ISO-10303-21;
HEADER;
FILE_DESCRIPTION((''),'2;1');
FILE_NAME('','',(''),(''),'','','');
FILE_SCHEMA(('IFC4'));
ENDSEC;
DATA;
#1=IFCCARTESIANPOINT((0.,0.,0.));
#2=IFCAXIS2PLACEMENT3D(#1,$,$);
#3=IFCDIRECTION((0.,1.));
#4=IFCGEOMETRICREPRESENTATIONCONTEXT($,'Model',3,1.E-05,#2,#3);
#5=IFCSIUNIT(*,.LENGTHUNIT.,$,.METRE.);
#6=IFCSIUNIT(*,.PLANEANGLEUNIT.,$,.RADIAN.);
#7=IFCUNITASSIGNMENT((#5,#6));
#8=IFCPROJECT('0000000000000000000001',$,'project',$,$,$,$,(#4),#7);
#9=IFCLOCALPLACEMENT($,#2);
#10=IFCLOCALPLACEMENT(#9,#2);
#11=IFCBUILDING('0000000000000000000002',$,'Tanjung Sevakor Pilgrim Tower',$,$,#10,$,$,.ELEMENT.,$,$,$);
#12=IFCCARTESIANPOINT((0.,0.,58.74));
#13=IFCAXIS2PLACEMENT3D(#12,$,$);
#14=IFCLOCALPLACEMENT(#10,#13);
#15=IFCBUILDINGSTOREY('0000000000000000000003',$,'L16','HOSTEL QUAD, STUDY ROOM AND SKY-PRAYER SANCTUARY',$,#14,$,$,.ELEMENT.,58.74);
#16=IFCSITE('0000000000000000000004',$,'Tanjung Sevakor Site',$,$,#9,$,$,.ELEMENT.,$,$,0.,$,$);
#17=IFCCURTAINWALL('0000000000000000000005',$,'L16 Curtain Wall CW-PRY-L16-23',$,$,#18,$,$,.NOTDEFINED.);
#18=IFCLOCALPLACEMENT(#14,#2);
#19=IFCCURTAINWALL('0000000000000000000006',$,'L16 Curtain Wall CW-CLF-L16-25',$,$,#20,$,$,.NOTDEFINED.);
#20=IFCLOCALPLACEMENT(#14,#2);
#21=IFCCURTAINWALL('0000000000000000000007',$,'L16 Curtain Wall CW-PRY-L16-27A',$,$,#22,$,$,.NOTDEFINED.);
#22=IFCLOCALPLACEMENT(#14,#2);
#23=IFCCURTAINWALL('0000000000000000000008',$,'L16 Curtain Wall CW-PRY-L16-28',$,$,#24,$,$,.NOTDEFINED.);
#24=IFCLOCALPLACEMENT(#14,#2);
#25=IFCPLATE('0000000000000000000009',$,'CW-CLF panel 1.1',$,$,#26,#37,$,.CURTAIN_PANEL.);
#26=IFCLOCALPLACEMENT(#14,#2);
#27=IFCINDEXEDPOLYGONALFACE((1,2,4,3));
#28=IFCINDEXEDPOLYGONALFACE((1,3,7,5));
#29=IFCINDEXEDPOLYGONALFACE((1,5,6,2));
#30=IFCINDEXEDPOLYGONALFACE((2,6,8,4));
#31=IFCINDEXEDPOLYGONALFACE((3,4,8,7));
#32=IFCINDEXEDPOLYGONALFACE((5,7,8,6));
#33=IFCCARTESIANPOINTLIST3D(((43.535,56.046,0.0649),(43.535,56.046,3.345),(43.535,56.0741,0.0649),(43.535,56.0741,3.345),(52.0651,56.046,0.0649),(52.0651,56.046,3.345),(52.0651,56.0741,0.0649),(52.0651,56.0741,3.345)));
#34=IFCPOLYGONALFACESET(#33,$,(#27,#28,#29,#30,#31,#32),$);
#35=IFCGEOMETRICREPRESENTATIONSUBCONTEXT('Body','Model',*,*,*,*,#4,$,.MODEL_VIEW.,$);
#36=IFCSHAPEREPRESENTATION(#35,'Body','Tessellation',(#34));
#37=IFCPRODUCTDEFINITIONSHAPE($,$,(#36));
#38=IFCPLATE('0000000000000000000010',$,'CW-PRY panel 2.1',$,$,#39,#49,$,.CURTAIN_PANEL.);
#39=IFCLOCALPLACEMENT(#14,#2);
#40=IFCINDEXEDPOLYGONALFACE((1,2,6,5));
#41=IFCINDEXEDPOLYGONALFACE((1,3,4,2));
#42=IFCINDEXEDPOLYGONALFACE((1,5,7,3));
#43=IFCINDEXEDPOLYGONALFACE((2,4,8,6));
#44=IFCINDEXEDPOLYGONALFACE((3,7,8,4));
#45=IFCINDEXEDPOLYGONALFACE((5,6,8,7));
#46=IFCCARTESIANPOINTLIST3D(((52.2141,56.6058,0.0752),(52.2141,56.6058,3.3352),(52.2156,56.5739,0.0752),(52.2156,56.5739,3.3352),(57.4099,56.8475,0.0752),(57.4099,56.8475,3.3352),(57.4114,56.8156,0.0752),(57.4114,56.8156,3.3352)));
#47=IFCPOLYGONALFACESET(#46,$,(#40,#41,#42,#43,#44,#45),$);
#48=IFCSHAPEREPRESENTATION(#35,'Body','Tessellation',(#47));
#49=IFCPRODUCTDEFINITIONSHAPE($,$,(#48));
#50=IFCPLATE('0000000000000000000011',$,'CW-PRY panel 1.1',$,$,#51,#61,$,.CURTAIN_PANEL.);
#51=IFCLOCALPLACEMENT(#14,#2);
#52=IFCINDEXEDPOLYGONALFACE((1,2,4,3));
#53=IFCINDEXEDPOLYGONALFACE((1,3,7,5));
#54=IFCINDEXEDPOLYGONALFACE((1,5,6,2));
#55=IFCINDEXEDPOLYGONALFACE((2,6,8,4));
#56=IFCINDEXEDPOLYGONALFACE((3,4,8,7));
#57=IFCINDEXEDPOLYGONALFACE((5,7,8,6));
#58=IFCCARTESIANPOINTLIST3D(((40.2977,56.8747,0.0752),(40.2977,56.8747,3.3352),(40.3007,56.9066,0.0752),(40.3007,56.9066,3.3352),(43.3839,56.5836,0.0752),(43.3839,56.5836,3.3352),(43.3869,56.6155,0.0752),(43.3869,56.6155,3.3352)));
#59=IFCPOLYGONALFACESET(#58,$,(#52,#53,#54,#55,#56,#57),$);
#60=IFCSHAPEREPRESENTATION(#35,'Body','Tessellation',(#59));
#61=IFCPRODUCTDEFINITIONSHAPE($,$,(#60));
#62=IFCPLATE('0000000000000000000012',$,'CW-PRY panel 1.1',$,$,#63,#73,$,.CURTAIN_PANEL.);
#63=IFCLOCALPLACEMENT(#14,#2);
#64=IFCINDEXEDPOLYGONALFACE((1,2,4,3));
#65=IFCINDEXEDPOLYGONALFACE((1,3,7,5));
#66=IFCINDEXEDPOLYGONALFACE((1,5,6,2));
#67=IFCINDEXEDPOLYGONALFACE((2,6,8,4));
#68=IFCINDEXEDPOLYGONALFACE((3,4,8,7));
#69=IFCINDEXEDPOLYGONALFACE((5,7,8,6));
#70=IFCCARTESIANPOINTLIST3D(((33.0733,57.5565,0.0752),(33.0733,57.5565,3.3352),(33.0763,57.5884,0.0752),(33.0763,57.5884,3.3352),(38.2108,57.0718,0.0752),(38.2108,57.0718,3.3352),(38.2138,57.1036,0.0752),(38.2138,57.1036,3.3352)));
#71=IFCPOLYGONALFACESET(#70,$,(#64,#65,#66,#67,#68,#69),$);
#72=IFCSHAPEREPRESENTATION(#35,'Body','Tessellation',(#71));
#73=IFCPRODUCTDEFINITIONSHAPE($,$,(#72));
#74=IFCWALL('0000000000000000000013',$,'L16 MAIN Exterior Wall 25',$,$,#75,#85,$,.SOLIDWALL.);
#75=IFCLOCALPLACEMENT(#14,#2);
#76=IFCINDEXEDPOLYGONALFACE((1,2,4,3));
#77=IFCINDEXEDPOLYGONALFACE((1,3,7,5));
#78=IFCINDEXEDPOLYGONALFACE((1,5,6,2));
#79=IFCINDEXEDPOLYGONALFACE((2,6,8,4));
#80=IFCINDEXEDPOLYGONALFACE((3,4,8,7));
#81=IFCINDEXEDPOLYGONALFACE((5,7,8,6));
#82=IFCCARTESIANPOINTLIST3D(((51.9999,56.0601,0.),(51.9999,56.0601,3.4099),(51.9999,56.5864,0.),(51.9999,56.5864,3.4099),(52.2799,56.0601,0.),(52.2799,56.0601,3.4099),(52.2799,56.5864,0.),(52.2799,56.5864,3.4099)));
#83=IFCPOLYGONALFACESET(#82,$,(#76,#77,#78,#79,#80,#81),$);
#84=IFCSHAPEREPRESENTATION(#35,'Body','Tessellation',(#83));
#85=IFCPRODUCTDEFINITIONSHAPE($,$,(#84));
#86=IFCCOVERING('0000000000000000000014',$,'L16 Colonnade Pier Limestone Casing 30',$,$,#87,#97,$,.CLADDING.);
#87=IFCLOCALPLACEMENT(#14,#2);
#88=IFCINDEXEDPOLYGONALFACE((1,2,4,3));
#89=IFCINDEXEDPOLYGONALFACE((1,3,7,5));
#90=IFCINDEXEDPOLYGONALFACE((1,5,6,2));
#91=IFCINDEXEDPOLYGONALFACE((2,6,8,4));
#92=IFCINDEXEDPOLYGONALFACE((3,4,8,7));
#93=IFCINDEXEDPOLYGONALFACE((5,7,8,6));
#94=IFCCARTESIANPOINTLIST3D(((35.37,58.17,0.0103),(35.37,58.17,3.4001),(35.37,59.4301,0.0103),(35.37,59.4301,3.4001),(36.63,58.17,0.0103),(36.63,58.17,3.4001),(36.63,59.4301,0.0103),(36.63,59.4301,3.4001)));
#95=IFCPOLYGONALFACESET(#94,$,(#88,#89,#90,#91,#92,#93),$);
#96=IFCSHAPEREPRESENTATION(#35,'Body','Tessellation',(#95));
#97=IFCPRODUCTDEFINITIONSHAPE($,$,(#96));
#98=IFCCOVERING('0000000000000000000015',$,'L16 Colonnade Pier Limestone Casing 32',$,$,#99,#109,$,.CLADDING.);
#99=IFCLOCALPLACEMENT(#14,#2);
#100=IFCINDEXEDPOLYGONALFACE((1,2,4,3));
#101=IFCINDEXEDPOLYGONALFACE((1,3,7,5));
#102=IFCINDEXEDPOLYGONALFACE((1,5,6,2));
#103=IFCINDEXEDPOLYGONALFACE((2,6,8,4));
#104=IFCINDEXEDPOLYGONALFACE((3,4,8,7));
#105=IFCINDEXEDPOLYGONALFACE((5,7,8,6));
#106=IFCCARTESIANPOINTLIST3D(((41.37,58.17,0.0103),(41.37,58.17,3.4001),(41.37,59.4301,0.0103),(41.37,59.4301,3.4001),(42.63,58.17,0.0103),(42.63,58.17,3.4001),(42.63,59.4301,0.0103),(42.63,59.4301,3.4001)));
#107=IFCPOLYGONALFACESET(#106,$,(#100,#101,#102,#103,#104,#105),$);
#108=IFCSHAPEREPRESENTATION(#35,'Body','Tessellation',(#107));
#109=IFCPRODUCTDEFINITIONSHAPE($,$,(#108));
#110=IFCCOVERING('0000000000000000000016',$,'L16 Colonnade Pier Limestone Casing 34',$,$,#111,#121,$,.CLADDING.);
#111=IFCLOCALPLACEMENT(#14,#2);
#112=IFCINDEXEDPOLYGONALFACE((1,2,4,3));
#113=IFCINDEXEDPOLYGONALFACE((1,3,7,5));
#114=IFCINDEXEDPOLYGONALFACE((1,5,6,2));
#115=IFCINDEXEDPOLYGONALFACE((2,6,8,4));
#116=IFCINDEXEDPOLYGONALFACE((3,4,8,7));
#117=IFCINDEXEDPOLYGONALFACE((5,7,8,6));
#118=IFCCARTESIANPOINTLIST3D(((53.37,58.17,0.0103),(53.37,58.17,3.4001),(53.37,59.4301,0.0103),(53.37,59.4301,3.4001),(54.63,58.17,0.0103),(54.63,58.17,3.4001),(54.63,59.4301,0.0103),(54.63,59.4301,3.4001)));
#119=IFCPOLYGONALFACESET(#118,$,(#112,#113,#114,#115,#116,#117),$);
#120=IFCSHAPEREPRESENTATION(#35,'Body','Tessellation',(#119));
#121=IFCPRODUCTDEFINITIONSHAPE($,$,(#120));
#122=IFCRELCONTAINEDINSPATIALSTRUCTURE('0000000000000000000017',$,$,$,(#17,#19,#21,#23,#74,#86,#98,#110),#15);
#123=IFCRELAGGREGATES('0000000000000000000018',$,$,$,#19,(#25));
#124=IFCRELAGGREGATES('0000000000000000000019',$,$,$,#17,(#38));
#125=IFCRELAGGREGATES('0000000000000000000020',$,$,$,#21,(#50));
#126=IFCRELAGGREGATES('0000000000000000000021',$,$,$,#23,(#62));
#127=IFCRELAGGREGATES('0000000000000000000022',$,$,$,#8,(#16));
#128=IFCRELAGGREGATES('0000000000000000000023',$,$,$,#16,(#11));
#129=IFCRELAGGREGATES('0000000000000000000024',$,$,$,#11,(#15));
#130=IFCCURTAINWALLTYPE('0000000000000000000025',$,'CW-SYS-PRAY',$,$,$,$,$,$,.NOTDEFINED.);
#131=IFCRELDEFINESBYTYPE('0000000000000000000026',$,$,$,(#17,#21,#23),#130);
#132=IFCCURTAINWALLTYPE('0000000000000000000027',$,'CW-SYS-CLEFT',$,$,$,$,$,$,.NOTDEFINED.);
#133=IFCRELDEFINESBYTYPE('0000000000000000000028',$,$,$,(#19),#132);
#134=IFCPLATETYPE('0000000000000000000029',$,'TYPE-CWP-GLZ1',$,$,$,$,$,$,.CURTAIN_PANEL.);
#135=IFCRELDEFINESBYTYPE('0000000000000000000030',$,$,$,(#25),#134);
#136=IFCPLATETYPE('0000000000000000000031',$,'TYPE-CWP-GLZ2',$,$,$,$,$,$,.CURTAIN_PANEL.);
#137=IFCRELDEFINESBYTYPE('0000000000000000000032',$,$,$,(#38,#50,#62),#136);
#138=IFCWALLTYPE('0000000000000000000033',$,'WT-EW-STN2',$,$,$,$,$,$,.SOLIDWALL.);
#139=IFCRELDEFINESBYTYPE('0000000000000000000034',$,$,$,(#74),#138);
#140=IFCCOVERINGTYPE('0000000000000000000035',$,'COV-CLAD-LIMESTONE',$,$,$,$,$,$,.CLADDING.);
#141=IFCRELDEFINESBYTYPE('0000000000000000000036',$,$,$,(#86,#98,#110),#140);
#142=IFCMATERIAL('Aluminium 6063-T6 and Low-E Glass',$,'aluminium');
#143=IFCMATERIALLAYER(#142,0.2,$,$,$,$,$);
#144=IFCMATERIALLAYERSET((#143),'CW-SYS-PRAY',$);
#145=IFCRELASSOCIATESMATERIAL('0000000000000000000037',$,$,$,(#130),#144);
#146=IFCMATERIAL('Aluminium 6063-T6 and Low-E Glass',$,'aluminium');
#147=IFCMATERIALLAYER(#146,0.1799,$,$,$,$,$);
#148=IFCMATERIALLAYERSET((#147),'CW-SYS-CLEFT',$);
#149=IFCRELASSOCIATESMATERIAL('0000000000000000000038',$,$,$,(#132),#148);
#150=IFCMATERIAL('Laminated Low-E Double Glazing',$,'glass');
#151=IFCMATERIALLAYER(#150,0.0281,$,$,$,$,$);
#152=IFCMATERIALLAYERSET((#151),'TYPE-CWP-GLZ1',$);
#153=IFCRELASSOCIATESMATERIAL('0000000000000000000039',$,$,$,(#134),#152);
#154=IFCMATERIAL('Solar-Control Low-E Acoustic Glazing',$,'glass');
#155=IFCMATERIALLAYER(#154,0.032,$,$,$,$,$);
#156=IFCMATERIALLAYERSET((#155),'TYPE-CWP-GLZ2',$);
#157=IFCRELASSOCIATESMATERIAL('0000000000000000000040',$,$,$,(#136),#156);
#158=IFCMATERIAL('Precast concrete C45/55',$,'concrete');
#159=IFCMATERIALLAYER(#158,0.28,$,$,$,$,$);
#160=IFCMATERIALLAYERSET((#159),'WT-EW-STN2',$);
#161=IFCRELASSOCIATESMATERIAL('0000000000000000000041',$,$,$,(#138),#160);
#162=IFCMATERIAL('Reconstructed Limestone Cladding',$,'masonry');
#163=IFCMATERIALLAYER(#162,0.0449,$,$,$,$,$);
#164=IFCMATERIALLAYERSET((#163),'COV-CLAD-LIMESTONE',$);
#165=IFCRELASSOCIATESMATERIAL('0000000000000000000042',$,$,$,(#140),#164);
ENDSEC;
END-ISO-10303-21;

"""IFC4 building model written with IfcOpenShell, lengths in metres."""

from ifc_helpers import new_model, si_unit, direction, frame, frame_2d, origin, origin_2d, place, context, subcontext, project, spatial, rectangle, extrude, material, layer, layer_set, type_object, element, aggregate, save


model = new_model("IFC4")

# Units and contexts
model_context = context("Model", 3, precision=1e-05, world=origin(), true_north=direction((0.0, 1.0)))
body_context = subcontext(model_context, "Body", "Model", "MODEL_VIEW")
ifc_project = project(units=[si_unit("LENGTHUNIT", "METRE"), si_unit("PLANEANGLEUNIT", "RADIAN")], contexts=[model_context])

# Site, building, storey
site_placement = place(None, origin())
site = spatial("IfcSite", under=ifc_project, at=site_placement, Name="Tanjung Sevakor Site", CompositionType="ELEMENT", RefElevation=0.0)
building_placement = place(site_placement, origin())
building = spatial("IfcBuilding", under=site, at=building_placement, Name="Tanjung Sevakor Pilgrim Tower", CompositionType="ELEMENT")
storey_placement = place(building_placement, frame((0.0, 0.0, 58.74)))
storey = spatial("IfcBuildingStorey", under=building, at=storey_placement, Name="L16", Description="HOSTEL QUAD, STUDY ROOM AND SKY-PRAYER SANCTUARY", CompositionType="ELEMENT", Elevation=58.74)

# Curtain wall
ifc_material_1 = material(Name="Aluminium 6063-T6 and Low-E Glass", Category="aluminium")
ifc_layer_1 = layer(ifc_material_1, 0.2)
ifc_layer_set_1 = layer_set([ifc_layer_1], Name="CW-SYS-PRAY")
curtain_wall_type_1 = type_object("IfcCurtainWallType", Name="CW-SYS-PRAY", PredefinedType="NOTDEFINED", material=ifc_layer_set_1)
curtain_wall_1_placement = place(storey_placement, origin())
curtain_wall_1 = element("IfcCurtainWall", 1, at=curtain_wall_1_placement, inside=storey, type_object=curtain_wall_type_1, Name="L16 Curtain Wall CW-PRY-L16-23", PredefinedType="NOTDEFINED")

# Curtain walls
ifc_material_2 = material(Name="Aluminium 6063-T6 and Low-E Glass", Category="aluminium")
ifc_layer_2 = layer(ifc_material_2, 0.1799)
ifc_layer_set_2 = layer_set([ifc_layer_2], Name="CW-SYS-CLEFT")
curtain_wall_type_2 = type_object("IfcCurtainWallType", Name="CW-SYS-CLEFT", PredefinedType="NOTDEFINED", material=ifc_layer_set_2)
curtain_wall_2_placement = place(storey_placement, origin())
curtain_wall_2 = element("IfcCurtainWall", 2, at=curtain_wall_2_placement, inside=storey, type_object=curtain_wall_type_2, Name="L16 Curtain Wall CW-CLF-L16-25", PredefinedType="NOTDEFINED")
curtain_wall_3_placement = place(storey_placement, origin())
curtain_wall_3 = element("IfcCurtainWall", 3, at=curtain_wall_3_placement, inside=storey, type_object=curtain_wall_type_1, Name="L16 Curtain Wall CW-PRY-L16-27A", PredefinedType="NOTDEFINED")
curtain_wall_4_placement = place(storey_placement, origin())
curtain_wall_4 = element("IfcCurtainWall", 4, at=curtain_wall_4_placement, inside=storey, type_object=curtain_wall_type_1, Name="L16 Curtain Wall CW-PRY-L16-28", PredefinedType="NOTDEFINED")

# Plates
ifc_material_3 = material(Name="Laminated Low-E Double Glazing", Category="glass")
ifc_layer_3 = layer(ifc_material_3, 0.0281)
ifc_layer_set_3 = layer_set([ifc_layer_3], Name="TYPE-CWP-GLZ1")
plate_type_1 = type_object("IfcPlateType", Name="TYPE-CWP-GLZ1", PredefinedType="CURTAIN_PANEL", material=ifc_layer_set_3)
plate_1_placement = place(storey_placement, frame((47.8, 56.0601, 0.0649), z_axis=(0.0, 0.0, 1.0), x_axis=(-1.0, 0.0, 0.0)))
plate_1 = element("IfcPlate", 5, at=plate_1_placement, type_object=plate_type_1, Name="CW-CLF panel 1.1", PredefinedType="CURTAIN_PANEL", context=body_context, shape_type="SweptSolid", body=[
    extrude(rectangle(XDim=8.53, YDim=0.0281, at=origin_2d()), origin(), (0.0, 0.0, 1.0), 3.28),
])
aggregate(curtain_wall_2, [plate_1])
ifc_material_4 = material(Name="Solar-Control Low-E Acoustic Glazing", Category="glass")
ifc_layer_4 = layer(ifc_material_4, 0.032)
ifc_layer_set_4 = layer_set([ifc_layer_4], Name="TYPE-CWP-GLZ2")
plate_type_2 = type_object("IfcPlateType", Name="TYPE-CWP-GLZ2", PredefinedType="CURTAIN_PANEL", material=ifc_layer_set_4)
plate_2_placement = place(storey_placement, frame((54.8127, 56.7107, 0.0752), z_axis=(0.0, 0.0, 1.0), x_axis=(-0.99892, -0.046462, 0.0)))
plate_2 = element("IfcPlate", 6, at=plate_2_placement, type_object=plate_type_2, Name="CW-PRY panel 2.1", PredefinedType="CURTAIN_PANEL", context=body_context, shape_type="SweptSolid", body=[
    extrude(rectangle(XDim=5.2014, YDim=0.032, at=origin_2d()), origin(), (0.0, 0.0, 1.0), 3.26),
])
aggregate(curtain_wall_1, [plate_2])
plate_3_placement = place(storey_placement, frame((41.8423, 56.7451, 0.0752), z_axis=(0.0, 0.0, 1.0), x_axis=(-0.995581, 0.093909, 0.0)))
plate_3 = element("IfcPlate", 7, at=plate_3_placement, type_object=plate_type_2, Name="CW-PRY panel 1.1", PredefinedType="CURTAIN_PANEL", context=body_context, shape_type="SweptSolid", body=[
    extrude(rectangle(XDim=3.0999, YDim=0.032, at=origin_2d()), origin(), (0.0, 0.0, 1.0), 3.26),
])
aggregate(curtain_wall_3, [plate_3])
plate_4_placement = place(storey_placement, frame((35.6436, 57.3301, 0.0752), z_axis=(0.0, 0.0, 1.0), x_axis=(-0.995579, 0.093929, 0.0)))
plate_4 = element("IfcPlate", 8, at=plate_4_placement, type_object=plate_type_2, Name="CW-PRY panel 1.1", PredefinedType="CURTAIN_PANEL", context=body_context, shape_type="SweptSolid", body=[
    extrude(rectangle(XDim=5.1604, YDim=0.032, at=origin_2d()), origin(), (0.0, 0.0, 1.0), 3.26),
])
aggregate(curtain_wall_4, [plate_4])

# Wall
ifc_material_5 = material(Name="Precast concrete C45/55", Category="concrete")
ifc_layer_5 = layer(ifc_material_5, 0.28)
ifc_layer_set_5 = layer_set([ifc_layer_5], Name="WT-EW-STN2")
wall_type = type_object("IfcWallType", Name="WT-EW-STN2", PredefinedType="SOLIDWALL", material=ifc_layer_set_5)
wall_1_placement = place(storey_placement, frame((52.1399, 56.5864, 0.0), z_axis=(0.0, 0.0, 1.0), x_axis=(0.0, -1.0, 0.0)))
element("IfcWall", 9, at=wall_1_placement, inside=storey, type_object=wall_type, Name="L16 MAIN Exterior Wall 25", PredefinedType="SOLIDWALL", context=body_context, shape_type="SweptSolid", body=[
    extrude(rectangle(XDim=0.5264, YDim=0.28, at=frame_2d((0.2632, 0.0))), origin(), (0.0, 0.0, 1.0), 3.4099),
])

# Coverings
ifc_material_6 = material(Name="Reconstructed Limestone Cladding", Category="masonry")
ifc_layer_6 = layer(ifc_material_6, 0.0449)
ifc_layer_set_6 = layer_set([ifc_layer_6], Name="COV-CLAD-LIMESTONE")
covering_type = type_object("IfcCoveringType", Name="COV-CLAD-LIMESTONE", PredefinedType="CLADDING", material=ifc_layer_set_6)
for number, where, z_axis, x_axis, name in (
    (10, (36.0, 58.8, 0.0103), (0.0, 0.0, 1.0), (1.0, 0.0, 0.0), "L16 Colonnade Pier Limestone Casing 30"),
    (11, (42.0, 58.8, 0.0103), (0.0, 0.0, 1.0), (1.0, 0.0, 0.0), "L16 Colonnade Pier Limestone Casing 32"),
    (12, (54.0, 58.8, 0.0103), (0.0, 0.0, 1.0), (1.0, 0.0, 0.0), "L16 Colonnade Pier Limestone Casing 34"),
):
    element("IfcCovering", number, at=place(storey_placement, frame(where, z_axis=z_axis, x_axis=x_axis)), inside=storey, type_object=covering_type, Name=name, PredefinedType="CLADDING", context=body_context, shape_type="SweptSolid", body=[
        extrude(rectangle(XDim=1.26, YDim=1.26, at=origin_2d()), origin(), (0.0, 0.0, 1.0), 3.3899),
    ])

save(model, "model.ifc")
